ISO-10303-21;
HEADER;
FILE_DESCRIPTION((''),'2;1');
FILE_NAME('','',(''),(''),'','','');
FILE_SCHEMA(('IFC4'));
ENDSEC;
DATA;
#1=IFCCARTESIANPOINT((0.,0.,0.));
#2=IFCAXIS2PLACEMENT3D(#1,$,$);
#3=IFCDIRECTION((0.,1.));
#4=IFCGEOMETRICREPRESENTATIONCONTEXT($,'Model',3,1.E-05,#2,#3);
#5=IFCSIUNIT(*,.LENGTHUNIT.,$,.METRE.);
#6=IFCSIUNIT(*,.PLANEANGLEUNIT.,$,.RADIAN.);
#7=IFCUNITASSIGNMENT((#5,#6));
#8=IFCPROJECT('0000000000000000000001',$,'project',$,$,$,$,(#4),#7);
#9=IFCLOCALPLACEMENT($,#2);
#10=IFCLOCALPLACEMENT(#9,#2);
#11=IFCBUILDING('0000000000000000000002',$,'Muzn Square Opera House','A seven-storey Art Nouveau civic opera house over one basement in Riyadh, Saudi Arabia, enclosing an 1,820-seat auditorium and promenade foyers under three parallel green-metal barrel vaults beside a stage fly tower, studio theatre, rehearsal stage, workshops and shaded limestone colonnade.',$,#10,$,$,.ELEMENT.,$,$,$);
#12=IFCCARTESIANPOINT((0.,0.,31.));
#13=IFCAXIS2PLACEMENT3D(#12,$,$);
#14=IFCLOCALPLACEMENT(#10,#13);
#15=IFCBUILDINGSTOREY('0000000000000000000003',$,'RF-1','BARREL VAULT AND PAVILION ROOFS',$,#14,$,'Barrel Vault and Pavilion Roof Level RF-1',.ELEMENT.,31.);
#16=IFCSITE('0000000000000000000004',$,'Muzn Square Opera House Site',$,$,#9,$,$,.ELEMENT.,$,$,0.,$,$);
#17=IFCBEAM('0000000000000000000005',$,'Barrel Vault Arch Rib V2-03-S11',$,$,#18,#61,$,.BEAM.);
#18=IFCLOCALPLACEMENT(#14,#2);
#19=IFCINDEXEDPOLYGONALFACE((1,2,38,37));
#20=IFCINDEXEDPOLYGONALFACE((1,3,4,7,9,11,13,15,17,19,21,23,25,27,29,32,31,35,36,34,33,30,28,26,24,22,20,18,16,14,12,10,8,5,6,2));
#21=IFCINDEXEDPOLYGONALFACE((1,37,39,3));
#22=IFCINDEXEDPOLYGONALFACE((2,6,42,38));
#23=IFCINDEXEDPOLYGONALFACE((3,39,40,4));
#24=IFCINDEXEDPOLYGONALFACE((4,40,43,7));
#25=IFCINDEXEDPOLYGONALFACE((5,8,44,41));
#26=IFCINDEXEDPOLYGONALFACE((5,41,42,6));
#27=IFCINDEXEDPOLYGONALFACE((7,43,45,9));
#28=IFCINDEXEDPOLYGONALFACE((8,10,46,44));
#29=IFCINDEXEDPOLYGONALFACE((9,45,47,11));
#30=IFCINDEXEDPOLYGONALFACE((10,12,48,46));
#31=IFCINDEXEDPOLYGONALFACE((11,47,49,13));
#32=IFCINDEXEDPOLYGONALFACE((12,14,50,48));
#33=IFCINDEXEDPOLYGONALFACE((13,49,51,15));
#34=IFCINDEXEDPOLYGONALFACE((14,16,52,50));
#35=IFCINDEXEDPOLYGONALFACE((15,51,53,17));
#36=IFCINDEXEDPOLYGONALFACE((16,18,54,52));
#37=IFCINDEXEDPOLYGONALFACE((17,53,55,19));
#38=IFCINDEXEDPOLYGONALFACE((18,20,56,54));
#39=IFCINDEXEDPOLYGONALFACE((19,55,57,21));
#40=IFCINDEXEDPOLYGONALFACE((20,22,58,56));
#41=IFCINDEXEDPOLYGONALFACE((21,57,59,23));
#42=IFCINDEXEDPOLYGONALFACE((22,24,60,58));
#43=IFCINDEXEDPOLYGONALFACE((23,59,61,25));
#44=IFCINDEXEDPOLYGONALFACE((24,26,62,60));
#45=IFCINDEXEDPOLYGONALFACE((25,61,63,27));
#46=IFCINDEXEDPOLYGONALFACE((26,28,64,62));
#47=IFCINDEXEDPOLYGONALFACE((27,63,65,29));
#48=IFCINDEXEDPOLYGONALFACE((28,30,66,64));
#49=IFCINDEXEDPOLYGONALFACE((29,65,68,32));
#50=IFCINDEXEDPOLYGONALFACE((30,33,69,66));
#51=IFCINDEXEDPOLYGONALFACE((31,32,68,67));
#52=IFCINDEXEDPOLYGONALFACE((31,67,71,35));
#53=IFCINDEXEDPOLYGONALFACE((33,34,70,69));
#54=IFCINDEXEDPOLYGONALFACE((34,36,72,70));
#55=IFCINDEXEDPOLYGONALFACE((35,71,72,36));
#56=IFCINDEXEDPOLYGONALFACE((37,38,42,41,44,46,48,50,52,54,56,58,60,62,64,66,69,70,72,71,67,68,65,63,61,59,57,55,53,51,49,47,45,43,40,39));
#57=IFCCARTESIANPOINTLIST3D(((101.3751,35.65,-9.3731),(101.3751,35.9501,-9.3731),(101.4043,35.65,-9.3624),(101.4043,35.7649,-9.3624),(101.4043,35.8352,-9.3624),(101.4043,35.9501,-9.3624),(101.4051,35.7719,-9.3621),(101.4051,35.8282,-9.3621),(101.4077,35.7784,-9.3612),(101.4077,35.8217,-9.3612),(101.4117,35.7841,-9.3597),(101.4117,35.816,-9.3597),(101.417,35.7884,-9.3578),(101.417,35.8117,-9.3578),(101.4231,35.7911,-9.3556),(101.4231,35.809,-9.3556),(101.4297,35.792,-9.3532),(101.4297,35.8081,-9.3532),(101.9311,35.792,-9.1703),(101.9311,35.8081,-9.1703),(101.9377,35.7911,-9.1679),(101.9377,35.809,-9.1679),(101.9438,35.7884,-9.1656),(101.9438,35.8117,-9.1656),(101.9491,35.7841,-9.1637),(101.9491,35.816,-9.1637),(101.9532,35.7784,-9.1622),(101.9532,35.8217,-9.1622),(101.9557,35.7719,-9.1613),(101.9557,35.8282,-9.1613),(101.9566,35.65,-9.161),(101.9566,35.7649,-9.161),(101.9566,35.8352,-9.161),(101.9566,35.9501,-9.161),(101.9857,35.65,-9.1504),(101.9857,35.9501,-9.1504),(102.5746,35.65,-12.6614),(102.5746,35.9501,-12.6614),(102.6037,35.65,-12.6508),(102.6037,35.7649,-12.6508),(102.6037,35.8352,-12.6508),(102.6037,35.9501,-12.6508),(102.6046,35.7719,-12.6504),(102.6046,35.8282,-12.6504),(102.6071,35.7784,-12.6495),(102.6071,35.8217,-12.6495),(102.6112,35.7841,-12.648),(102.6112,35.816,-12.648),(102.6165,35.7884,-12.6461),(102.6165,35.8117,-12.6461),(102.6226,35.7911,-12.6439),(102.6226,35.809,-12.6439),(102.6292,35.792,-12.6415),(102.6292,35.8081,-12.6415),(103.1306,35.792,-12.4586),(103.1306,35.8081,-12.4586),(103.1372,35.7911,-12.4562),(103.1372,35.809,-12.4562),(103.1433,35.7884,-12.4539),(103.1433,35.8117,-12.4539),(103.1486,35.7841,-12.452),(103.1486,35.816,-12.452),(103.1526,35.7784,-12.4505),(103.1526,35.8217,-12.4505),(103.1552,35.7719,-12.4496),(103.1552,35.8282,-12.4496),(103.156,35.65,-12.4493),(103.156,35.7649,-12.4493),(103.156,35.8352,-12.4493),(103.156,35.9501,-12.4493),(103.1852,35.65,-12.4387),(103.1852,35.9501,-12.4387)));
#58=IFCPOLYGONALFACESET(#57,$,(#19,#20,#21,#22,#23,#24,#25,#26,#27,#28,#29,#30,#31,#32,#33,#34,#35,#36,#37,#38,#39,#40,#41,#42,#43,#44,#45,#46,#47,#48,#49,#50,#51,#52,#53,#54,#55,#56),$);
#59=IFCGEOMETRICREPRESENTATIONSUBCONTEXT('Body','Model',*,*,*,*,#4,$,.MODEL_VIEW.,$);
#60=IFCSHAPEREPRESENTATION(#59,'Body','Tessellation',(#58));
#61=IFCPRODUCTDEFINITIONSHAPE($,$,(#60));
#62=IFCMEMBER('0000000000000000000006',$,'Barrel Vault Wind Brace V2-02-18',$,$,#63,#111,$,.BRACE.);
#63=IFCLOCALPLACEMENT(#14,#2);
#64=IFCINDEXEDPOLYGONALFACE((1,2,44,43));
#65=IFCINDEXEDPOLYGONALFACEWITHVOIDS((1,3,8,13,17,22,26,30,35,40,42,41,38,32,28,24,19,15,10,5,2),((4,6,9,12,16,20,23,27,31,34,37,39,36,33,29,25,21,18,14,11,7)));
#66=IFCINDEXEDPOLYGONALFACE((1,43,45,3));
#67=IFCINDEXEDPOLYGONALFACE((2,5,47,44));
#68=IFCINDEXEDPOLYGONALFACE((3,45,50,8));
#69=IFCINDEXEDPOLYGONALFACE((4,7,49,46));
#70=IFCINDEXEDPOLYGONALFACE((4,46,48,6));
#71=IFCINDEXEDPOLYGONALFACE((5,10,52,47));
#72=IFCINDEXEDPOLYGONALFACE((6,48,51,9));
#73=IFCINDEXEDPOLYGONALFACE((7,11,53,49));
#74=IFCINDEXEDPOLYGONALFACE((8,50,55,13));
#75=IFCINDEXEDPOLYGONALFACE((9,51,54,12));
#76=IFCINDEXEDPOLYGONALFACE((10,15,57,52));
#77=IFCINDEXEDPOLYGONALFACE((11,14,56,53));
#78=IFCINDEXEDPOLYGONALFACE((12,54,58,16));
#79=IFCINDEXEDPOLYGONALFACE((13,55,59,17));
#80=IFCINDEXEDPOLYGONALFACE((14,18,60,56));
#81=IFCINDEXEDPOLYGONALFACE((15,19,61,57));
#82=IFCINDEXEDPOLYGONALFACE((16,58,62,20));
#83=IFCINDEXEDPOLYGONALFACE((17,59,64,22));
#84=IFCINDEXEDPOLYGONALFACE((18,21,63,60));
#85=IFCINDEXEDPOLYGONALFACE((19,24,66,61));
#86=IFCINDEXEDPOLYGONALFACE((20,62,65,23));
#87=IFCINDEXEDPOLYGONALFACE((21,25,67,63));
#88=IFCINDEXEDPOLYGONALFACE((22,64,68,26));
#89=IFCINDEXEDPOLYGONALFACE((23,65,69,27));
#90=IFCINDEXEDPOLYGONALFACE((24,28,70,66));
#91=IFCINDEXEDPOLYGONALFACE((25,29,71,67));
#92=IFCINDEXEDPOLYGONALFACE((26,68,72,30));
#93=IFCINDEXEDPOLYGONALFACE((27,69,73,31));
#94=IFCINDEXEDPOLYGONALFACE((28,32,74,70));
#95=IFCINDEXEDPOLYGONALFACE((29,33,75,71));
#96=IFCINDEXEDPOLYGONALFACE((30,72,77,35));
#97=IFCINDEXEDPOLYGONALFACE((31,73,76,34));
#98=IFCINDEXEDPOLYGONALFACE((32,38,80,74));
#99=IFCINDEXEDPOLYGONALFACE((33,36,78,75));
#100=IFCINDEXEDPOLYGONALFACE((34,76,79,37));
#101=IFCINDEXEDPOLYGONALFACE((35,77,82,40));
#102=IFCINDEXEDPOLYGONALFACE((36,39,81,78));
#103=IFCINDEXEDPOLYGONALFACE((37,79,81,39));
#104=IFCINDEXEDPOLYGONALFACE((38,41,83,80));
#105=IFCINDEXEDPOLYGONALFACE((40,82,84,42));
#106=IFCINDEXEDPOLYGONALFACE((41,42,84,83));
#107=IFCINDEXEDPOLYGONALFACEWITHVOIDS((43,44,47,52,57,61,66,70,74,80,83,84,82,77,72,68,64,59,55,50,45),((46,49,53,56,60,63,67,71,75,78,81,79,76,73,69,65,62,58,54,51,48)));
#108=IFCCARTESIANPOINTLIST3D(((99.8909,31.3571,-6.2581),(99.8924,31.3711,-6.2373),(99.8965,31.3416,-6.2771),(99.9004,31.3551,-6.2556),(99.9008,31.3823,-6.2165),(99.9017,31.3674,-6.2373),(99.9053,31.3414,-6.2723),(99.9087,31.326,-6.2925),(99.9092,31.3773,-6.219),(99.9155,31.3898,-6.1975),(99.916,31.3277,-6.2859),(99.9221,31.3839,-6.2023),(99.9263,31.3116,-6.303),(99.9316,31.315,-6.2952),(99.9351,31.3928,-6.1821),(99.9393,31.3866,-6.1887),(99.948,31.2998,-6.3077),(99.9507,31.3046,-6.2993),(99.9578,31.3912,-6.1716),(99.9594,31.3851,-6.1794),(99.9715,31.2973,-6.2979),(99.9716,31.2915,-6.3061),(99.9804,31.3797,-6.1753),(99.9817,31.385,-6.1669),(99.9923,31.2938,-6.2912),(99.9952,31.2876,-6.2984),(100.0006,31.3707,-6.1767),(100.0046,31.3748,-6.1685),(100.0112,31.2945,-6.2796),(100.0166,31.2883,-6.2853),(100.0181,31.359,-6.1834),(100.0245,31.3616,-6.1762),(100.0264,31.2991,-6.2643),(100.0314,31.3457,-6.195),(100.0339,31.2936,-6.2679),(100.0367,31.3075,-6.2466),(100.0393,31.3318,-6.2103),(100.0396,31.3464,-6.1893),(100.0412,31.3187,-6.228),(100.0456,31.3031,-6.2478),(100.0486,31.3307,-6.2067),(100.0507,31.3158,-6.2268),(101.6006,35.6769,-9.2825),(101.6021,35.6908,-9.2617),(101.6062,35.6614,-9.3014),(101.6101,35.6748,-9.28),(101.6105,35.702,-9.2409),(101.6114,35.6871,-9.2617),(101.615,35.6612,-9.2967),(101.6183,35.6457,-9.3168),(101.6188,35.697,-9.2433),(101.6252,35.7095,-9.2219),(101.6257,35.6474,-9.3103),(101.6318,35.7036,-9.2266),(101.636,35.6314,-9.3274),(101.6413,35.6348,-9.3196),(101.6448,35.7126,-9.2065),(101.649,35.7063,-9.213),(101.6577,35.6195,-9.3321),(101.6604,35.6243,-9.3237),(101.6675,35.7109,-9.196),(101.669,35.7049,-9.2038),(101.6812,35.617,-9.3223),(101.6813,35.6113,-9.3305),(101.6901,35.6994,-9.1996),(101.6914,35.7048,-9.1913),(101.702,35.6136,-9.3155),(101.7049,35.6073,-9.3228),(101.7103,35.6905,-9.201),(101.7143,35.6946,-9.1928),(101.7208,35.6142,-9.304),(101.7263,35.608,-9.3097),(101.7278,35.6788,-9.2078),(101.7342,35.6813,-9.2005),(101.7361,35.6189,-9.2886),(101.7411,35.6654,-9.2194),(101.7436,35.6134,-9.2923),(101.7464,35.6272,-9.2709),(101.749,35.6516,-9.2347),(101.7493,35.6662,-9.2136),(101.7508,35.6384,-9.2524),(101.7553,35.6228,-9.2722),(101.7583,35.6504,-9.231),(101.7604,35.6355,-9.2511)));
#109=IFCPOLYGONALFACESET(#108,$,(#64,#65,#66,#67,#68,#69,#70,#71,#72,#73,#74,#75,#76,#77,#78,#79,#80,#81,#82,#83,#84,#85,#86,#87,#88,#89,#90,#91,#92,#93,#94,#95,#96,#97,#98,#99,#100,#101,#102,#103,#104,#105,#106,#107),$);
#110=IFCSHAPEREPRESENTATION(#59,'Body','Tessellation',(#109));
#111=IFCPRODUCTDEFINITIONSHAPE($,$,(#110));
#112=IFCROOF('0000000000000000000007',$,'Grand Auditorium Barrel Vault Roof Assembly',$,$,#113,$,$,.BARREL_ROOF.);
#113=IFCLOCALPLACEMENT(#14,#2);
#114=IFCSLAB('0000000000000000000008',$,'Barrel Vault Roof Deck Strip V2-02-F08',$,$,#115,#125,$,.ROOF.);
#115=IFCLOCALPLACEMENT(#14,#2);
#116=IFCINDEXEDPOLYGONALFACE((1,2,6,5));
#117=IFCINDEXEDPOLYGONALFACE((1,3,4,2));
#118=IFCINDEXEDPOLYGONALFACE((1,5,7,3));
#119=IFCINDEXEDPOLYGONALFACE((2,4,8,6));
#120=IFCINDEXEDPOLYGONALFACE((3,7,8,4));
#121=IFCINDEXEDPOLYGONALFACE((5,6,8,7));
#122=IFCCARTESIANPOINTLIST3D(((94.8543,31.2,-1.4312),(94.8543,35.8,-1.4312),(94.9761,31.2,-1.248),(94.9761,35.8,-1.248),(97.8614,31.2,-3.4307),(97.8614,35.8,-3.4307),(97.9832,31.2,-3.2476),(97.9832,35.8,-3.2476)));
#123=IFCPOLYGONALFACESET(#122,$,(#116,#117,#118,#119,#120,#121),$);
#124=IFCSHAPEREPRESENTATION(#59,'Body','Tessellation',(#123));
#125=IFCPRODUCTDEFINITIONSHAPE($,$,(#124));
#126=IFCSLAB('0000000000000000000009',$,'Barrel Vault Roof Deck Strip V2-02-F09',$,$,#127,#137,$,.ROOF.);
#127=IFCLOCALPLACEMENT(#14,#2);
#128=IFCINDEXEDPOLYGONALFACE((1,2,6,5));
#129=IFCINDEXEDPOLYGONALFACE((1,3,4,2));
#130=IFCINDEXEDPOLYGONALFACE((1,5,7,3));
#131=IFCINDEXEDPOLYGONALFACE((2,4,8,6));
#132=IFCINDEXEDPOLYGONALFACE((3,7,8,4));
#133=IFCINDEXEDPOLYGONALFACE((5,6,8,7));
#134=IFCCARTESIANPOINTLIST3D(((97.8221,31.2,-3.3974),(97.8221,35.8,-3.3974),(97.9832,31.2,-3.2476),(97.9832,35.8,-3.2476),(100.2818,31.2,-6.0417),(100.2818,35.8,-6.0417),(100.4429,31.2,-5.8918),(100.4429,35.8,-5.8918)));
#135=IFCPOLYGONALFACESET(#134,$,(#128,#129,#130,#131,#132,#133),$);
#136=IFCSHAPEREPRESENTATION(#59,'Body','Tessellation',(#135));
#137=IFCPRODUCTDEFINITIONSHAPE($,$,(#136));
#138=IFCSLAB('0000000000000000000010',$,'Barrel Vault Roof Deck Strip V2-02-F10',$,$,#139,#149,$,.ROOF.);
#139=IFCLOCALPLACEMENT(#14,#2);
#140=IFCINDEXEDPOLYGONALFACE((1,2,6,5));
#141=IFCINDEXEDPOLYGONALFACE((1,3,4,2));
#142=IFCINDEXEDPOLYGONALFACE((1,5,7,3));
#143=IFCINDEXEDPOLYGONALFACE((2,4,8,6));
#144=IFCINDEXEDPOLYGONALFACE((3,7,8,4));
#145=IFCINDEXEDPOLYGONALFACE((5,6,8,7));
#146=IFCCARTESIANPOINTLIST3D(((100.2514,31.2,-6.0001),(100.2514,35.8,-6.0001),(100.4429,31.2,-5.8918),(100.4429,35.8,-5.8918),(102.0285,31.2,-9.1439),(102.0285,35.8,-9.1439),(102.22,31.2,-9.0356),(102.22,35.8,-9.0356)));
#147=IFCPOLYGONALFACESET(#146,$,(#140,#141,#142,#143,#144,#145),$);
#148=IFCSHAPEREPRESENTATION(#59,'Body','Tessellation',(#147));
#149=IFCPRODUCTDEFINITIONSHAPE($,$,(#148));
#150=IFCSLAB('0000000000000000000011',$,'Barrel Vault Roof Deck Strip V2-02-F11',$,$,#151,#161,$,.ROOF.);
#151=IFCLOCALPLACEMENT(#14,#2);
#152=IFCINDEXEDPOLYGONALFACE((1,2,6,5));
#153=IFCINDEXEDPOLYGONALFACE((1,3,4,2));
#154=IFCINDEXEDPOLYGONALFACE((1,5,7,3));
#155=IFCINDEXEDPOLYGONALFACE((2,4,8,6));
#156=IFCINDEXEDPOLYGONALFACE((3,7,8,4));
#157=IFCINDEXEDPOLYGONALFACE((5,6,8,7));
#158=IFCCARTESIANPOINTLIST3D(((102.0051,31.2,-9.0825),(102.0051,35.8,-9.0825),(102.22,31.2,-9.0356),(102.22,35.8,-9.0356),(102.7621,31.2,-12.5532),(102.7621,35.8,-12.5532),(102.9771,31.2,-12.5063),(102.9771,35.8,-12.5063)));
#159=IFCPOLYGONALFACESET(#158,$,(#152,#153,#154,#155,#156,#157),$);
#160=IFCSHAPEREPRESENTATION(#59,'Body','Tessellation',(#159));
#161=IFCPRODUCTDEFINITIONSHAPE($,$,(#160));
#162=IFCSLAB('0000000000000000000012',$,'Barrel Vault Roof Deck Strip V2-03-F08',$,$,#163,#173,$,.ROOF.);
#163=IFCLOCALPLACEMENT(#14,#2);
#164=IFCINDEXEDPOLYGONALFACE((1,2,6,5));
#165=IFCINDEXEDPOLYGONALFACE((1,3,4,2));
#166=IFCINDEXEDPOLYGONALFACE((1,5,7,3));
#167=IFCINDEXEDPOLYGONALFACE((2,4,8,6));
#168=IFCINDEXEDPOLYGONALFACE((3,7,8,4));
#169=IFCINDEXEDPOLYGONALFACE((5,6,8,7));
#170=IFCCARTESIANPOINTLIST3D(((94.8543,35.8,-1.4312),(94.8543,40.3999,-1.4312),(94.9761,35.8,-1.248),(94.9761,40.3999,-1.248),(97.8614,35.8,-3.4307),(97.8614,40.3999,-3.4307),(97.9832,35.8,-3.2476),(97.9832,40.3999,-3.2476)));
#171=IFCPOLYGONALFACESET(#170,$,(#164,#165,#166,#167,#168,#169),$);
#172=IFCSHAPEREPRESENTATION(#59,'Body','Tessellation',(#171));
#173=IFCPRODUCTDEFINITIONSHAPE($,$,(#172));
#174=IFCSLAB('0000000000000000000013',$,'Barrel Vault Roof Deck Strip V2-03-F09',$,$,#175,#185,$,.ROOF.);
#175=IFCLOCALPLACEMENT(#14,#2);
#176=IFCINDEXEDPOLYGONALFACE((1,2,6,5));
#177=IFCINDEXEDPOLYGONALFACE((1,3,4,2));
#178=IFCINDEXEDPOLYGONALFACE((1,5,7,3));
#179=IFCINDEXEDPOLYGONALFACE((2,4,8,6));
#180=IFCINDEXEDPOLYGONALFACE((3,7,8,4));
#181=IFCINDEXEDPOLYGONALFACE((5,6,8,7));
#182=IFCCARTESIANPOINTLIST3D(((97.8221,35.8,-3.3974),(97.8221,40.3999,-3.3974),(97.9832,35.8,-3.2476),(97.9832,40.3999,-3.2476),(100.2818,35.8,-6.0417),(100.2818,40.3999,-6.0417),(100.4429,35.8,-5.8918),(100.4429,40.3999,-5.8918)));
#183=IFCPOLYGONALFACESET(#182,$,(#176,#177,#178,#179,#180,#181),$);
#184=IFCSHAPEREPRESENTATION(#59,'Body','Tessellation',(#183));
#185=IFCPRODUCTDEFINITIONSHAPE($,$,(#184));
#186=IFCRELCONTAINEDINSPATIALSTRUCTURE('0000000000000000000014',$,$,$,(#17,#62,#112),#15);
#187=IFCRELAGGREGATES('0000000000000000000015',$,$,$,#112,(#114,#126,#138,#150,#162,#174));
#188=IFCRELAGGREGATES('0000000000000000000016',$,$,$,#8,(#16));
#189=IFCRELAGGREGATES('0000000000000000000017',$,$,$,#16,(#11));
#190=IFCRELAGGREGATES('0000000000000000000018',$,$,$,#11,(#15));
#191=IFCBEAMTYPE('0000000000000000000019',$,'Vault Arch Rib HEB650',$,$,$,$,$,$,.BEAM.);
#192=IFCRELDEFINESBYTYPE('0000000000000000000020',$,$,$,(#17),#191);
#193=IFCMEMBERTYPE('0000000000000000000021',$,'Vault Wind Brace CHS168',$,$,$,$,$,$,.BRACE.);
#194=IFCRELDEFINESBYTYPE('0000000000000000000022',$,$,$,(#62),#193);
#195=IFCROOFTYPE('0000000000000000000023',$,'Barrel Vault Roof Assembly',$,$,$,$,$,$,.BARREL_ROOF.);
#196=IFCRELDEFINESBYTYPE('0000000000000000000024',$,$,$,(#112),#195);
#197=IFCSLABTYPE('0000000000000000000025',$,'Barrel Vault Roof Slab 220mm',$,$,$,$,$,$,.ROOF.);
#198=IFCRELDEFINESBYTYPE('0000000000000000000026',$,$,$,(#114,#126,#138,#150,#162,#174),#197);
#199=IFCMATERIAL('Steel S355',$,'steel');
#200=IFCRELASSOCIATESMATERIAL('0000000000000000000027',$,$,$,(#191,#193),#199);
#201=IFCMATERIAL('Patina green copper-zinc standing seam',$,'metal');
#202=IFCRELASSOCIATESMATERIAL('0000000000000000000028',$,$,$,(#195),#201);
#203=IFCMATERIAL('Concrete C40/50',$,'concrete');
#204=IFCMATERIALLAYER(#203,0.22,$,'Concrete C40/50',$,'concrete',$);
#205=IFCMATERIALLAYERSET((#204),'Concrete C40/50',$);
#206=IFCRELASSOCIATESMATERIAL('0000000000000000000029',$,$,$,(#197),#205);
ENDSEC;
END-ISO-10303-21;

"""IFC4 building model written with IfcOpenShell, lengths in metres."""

from ifc_helpers import new_model, si_unit, direction, frame, origin, origin_2d, place, context, subcontext, project, spatial, polyline, hollow_circle, i_section, outline, extrude, material, layer, layer_set, material_profile, profile_set, type_object, element, aggregate, save


model = new_model("IFC4")

# Units and contexts
model_context = context("Model", 3, precision=1e-05, world=origin(), true_north=direction((0.0, 1.0)))
body_context = subcontext(model_context, "Body", "Model", "MODEL_VIEW")
ifc_project = project(units=[si_unit("LENGTHUNIT", "METRE"), si_unit("PLANEANGLEUNIT", "RADIAN")], contexts=[model_context])

# Site, building, storey
site_placement = place(None, origin())
site = spatial("IfcSite", under=ifc_project, at=site_placement, Name="Muzn Square Opera House Site", CompositionType="ELEMENT", RefElevation=0.0)
building_placement = place(site_placement, origin())
building = spatial("IfcBuilding", under=site, at=building_placement, Name="Muzn Square Opera House", Description="A seven-storey Art Nouveau civic opera house over one basement in Riyadh, Saudi Arabia, enclosing an 1,820-seat auditorium and promenade foyers under three parallel green-metal barrel vaults beside a stage fly tower, studio theatre, rehearsal stage, workshops and shaded limestone colonnade.", CompositionType="ELEMENT")
storey_placement = place(building_placement, frame((0.0, 0.0, 31.0)))
storey = spatial("IfcBuildingStorey", under=building, at=storey_placement, Name="RF-1", Description="BARREL VAULT AND PAVILION ROOFS", LongName="Barrel Vault and Pavilion Roof Level RF-1", CompositionType="ELEMENT", Elevation=31.0)

# Beam
ifc_material_1 = material(Name="Steel S355", Category="steel")
ifc_material_profile_1 = material_profile(ifc_material_1, i_section(OverallWidth=0.3, OverallDepth=0.6499, WebThickness=0.0161, FlangeThickness=0.031, FilletRadius=0.0271, at=origin_2d()), Name="HEB 650", Category="steel")
ifc_profile_set_1 = profile_set([ifc_material_profile_1], Name="Steel S355")
beam_type_1 = type_object("IfcBeamType", Name="Vault Arch Rib HEB650", PredefinedType="BEAM", material=ifc_profile_set_1)
beam_1_placement = place(storey_placement, frame((101.6804, 35.8, -9.2617), z_axis=(0.342678, 0.0, -0.939453), x_axis=(0.0, 1.0, 0.0)))
element("IfcBeam", 1, at=beam_1_placement, inside=storey, type_object=beam_type_1, Name="Barrel Vault Arch Rib V2-03-S11", PredefinedType="BEAM", context=body_context, shape_type="SweptSolid", body=[
    extrude(i_section(OverallWidth=0.3, OverallDepth=0.6499, WebThickness=0.0161, FlangeThickness=0.031, FilletRadius=0.0271, at=origin_2d()), origin(), (0.0, 0.0, 1.0), 3.5002),
])

# Member
ifc_material_profile_2 = material_profile(ifc_material_1, hollow_circle(Radius=0.0842, WallThickness=0.01, at=origin_2d()), Name="CHS 168.3x10", Category="steel")
ifc_profile_set_2 = profile_set([ifc_material_profile_2], Name="Steel S355")
member_type = type_object("IfcMemberType", Name="Vault Wind Brace CHS168", PredefinedType="BRACE", material=ifc_profile_set_2)
member_placement = place(storey_placement, frame((99.9707, 31.3401, -6.2373), z_axis=(0.308415, 0.77925, -0.545572), x_axis=(-0.929822, 0.368009, 0.0)))
element("IfcMember", 2, at=member_placement, inside=storey, type_object=member_type, Name="Barrel Vault Wind Brace V2-02-18", PredefinedType="BRACE", context=body_context, shape_type="SweptSolid", body=[
    extrude(hollow_circle(Radius=0.0842, WallThickness=0.01, at=origin_2d()), origin(), (0.0, 0.0, 1.0), 5.5435),
])

# Roof, slabs
ifc_material_2 = material(Name="Patina green copper-zinc standing seam", Category="metal")
roof_type = type_object("IfcRoofType", Name="Barrel Vault Roof Assembly", PredefinedType="BARREL_ROOF", material=ifc_material_2)
roof_placement = place(storey_placement, origin())
roof = element("IfcRoof", 3, at=roof_placement, inside=storey, type_object=roof_type, Name="Grand Auditorium Barrel Vault Roof Assembly", PredefinedType="BARREL_ROOF")
ifc_material_3 = material(Name="Concrete C40/50", Category="concrete")
ifc_layer_1 = layer(ifc_material_3, 0.22, Name="Concrete C40/50", Category="concrete")
ifc_layer_set_1 = layer_set([ifc_layer_1], Name="Concrete C40/50")
slab_type = type_object("IfcSlabType", Name="Barrel Vault Roof Slab 220mm", PredefinedType="ROOF", material=ifc_layer_set_1)
slab_1_placement = place(storey_placement, frame((94.9761, 31.2, -1.248), z_axis=(0.553701, 0.0, 0.832715), x_axis=(0.832715, 0.0, -0.553701)))
slab_1 = element("IfcSlab", 4, at=slab_1_placement, type_object=slab_type, Name="Barrel Vault Roof Deck Strip V2-02-F08", PredefinedType="ROOF", context=body_context, shape_type="SweptSolid", body=[
    extrude(outline(polyline([(0.0, 0.0), (3.6112, 0.0), (3.6112, 4.6001), (0.0, 4.6001), (0.0, 0.0)])), origin(), (0.0, 0.0, -1.0), 0.22),
])
slab_2_placement = place(storey_placement, frame((97.9832, 31.2, -3.2476), z_axis=(0.732198, 0.0, 0.681091), x_axis=(0.681091, 0.0, -0.732198)))
slab_2 = element("IfcSlab", 5, at=slab_2_placement, type_object=slab_type, Name="Barrel Vault Roof Deck Strip V2-02-F09", PredefinedType="ROOF", context=body_context, shape_type="SweptSolid", body=[
    extrude(outline(polyline([(0.0, 0.0), (3.6114, 0.0), (3.6114, 4.6001), (0.0, 4.6001), (0.0, 0.0)])), origin(), (0.0, 0.0, -1.0), 0.22),
])
slab_3_placement = place(storey_placement, frame((100.4429, 31.2, -5.8918), z_axis=(0.870543, 0.0, 0.492093), x_axis=(0.492093, 0.0, -0.870543)))
slab_3 = element("IfcSlab", 6, at=slab_3_placement, type_object=slab_type, Name="Barrel Vault Roof Deck Strip V2-02-F10", PredefinedType="ROOF", context=body_context, shape_type="SweptSolid", body=[
    extrude(outline(polyline([(0.0, 0.0), (3.6113, 0.0), (3.6113, 4.6001), (0.0, 4.6001), (0.0, 0.0)])), origin(), (0.0, 0.0, -1.0), 0.22),
])
slab_4_placement = place(storey_placement, frame((102.22, 31.2, -9.0356), z_axis=(0.977025, 0.0, 0.213123), x_axis=(0.213123, 0.0, -0.977025)))
slab_4 = element("IfcSlab", 7, at=slab_4_placement, type_object=slab_type, Name="Barrel Vault Roof Deck Strip V2-02-F11", PredefinedType="ROOF", context=body_context, shape_type="SweptSolid", body=[
    extrude(outline(polyline([(0.0, 0.0), (3.5523, 0.0), (3.5523, 4.6001), (0.0, 4.6001), (0.0, 0.0)])), origin(), (0.0, 0.0, -1.0), 0.22),
])
slab_5_placement = place(storey_placement, frame((94.9761, 35.8, -1.248), z_axis=(0.553701, 0.0, 0.832715), x_axis=(0.832715, 0.0, -0.553701)))
slab_5 = element("IfcSlab", 8, at=slab_5_placement, type_object=slab_type, Name="Barrel Vault Roof Deck Strip V2-03-F08", PredefinedType="ROOF", context=body_context, shape_type="SweptSolid", body=[
    extrude(outline(polyline([(0.0, 0.0), (3.6112, 0.0), (3.6112, 4.5999), (0.0, 4.5999), (0.0, 0.0)])), origin(), (0.0, 0.0, -1.0), 0.22),
])
slab_6_placement = place(storey_placement, frame((97.9832, 35.8, -3.2476), z_axis=(0.732198, 0.0, 0.681091), x_axis=(0.681091, 0.0, -0.732198)))
slab_6 = element("IfcSlab", 9, at=slab_6_placement, type_object=slab_type, Name="Barrel Vault Roof Deck Strip V2-03-F09", PredefinedType="ROOF", context=body_context, shape_type="SweptSolid", body=[
    extrude(outline(polyline([(0.0, 0.0), (3.6114, 0.0), (3.6114, 4.5999), (0.0, 4.5999), (0.0, 0.0)])), origin(), (0.0, 0.0, -1.0), 0.22),
])
aggregate(roof, [slab_1, slab_2, slab_3, slab_4, slab_5, slab_6])

save(model, "model.ifc")
